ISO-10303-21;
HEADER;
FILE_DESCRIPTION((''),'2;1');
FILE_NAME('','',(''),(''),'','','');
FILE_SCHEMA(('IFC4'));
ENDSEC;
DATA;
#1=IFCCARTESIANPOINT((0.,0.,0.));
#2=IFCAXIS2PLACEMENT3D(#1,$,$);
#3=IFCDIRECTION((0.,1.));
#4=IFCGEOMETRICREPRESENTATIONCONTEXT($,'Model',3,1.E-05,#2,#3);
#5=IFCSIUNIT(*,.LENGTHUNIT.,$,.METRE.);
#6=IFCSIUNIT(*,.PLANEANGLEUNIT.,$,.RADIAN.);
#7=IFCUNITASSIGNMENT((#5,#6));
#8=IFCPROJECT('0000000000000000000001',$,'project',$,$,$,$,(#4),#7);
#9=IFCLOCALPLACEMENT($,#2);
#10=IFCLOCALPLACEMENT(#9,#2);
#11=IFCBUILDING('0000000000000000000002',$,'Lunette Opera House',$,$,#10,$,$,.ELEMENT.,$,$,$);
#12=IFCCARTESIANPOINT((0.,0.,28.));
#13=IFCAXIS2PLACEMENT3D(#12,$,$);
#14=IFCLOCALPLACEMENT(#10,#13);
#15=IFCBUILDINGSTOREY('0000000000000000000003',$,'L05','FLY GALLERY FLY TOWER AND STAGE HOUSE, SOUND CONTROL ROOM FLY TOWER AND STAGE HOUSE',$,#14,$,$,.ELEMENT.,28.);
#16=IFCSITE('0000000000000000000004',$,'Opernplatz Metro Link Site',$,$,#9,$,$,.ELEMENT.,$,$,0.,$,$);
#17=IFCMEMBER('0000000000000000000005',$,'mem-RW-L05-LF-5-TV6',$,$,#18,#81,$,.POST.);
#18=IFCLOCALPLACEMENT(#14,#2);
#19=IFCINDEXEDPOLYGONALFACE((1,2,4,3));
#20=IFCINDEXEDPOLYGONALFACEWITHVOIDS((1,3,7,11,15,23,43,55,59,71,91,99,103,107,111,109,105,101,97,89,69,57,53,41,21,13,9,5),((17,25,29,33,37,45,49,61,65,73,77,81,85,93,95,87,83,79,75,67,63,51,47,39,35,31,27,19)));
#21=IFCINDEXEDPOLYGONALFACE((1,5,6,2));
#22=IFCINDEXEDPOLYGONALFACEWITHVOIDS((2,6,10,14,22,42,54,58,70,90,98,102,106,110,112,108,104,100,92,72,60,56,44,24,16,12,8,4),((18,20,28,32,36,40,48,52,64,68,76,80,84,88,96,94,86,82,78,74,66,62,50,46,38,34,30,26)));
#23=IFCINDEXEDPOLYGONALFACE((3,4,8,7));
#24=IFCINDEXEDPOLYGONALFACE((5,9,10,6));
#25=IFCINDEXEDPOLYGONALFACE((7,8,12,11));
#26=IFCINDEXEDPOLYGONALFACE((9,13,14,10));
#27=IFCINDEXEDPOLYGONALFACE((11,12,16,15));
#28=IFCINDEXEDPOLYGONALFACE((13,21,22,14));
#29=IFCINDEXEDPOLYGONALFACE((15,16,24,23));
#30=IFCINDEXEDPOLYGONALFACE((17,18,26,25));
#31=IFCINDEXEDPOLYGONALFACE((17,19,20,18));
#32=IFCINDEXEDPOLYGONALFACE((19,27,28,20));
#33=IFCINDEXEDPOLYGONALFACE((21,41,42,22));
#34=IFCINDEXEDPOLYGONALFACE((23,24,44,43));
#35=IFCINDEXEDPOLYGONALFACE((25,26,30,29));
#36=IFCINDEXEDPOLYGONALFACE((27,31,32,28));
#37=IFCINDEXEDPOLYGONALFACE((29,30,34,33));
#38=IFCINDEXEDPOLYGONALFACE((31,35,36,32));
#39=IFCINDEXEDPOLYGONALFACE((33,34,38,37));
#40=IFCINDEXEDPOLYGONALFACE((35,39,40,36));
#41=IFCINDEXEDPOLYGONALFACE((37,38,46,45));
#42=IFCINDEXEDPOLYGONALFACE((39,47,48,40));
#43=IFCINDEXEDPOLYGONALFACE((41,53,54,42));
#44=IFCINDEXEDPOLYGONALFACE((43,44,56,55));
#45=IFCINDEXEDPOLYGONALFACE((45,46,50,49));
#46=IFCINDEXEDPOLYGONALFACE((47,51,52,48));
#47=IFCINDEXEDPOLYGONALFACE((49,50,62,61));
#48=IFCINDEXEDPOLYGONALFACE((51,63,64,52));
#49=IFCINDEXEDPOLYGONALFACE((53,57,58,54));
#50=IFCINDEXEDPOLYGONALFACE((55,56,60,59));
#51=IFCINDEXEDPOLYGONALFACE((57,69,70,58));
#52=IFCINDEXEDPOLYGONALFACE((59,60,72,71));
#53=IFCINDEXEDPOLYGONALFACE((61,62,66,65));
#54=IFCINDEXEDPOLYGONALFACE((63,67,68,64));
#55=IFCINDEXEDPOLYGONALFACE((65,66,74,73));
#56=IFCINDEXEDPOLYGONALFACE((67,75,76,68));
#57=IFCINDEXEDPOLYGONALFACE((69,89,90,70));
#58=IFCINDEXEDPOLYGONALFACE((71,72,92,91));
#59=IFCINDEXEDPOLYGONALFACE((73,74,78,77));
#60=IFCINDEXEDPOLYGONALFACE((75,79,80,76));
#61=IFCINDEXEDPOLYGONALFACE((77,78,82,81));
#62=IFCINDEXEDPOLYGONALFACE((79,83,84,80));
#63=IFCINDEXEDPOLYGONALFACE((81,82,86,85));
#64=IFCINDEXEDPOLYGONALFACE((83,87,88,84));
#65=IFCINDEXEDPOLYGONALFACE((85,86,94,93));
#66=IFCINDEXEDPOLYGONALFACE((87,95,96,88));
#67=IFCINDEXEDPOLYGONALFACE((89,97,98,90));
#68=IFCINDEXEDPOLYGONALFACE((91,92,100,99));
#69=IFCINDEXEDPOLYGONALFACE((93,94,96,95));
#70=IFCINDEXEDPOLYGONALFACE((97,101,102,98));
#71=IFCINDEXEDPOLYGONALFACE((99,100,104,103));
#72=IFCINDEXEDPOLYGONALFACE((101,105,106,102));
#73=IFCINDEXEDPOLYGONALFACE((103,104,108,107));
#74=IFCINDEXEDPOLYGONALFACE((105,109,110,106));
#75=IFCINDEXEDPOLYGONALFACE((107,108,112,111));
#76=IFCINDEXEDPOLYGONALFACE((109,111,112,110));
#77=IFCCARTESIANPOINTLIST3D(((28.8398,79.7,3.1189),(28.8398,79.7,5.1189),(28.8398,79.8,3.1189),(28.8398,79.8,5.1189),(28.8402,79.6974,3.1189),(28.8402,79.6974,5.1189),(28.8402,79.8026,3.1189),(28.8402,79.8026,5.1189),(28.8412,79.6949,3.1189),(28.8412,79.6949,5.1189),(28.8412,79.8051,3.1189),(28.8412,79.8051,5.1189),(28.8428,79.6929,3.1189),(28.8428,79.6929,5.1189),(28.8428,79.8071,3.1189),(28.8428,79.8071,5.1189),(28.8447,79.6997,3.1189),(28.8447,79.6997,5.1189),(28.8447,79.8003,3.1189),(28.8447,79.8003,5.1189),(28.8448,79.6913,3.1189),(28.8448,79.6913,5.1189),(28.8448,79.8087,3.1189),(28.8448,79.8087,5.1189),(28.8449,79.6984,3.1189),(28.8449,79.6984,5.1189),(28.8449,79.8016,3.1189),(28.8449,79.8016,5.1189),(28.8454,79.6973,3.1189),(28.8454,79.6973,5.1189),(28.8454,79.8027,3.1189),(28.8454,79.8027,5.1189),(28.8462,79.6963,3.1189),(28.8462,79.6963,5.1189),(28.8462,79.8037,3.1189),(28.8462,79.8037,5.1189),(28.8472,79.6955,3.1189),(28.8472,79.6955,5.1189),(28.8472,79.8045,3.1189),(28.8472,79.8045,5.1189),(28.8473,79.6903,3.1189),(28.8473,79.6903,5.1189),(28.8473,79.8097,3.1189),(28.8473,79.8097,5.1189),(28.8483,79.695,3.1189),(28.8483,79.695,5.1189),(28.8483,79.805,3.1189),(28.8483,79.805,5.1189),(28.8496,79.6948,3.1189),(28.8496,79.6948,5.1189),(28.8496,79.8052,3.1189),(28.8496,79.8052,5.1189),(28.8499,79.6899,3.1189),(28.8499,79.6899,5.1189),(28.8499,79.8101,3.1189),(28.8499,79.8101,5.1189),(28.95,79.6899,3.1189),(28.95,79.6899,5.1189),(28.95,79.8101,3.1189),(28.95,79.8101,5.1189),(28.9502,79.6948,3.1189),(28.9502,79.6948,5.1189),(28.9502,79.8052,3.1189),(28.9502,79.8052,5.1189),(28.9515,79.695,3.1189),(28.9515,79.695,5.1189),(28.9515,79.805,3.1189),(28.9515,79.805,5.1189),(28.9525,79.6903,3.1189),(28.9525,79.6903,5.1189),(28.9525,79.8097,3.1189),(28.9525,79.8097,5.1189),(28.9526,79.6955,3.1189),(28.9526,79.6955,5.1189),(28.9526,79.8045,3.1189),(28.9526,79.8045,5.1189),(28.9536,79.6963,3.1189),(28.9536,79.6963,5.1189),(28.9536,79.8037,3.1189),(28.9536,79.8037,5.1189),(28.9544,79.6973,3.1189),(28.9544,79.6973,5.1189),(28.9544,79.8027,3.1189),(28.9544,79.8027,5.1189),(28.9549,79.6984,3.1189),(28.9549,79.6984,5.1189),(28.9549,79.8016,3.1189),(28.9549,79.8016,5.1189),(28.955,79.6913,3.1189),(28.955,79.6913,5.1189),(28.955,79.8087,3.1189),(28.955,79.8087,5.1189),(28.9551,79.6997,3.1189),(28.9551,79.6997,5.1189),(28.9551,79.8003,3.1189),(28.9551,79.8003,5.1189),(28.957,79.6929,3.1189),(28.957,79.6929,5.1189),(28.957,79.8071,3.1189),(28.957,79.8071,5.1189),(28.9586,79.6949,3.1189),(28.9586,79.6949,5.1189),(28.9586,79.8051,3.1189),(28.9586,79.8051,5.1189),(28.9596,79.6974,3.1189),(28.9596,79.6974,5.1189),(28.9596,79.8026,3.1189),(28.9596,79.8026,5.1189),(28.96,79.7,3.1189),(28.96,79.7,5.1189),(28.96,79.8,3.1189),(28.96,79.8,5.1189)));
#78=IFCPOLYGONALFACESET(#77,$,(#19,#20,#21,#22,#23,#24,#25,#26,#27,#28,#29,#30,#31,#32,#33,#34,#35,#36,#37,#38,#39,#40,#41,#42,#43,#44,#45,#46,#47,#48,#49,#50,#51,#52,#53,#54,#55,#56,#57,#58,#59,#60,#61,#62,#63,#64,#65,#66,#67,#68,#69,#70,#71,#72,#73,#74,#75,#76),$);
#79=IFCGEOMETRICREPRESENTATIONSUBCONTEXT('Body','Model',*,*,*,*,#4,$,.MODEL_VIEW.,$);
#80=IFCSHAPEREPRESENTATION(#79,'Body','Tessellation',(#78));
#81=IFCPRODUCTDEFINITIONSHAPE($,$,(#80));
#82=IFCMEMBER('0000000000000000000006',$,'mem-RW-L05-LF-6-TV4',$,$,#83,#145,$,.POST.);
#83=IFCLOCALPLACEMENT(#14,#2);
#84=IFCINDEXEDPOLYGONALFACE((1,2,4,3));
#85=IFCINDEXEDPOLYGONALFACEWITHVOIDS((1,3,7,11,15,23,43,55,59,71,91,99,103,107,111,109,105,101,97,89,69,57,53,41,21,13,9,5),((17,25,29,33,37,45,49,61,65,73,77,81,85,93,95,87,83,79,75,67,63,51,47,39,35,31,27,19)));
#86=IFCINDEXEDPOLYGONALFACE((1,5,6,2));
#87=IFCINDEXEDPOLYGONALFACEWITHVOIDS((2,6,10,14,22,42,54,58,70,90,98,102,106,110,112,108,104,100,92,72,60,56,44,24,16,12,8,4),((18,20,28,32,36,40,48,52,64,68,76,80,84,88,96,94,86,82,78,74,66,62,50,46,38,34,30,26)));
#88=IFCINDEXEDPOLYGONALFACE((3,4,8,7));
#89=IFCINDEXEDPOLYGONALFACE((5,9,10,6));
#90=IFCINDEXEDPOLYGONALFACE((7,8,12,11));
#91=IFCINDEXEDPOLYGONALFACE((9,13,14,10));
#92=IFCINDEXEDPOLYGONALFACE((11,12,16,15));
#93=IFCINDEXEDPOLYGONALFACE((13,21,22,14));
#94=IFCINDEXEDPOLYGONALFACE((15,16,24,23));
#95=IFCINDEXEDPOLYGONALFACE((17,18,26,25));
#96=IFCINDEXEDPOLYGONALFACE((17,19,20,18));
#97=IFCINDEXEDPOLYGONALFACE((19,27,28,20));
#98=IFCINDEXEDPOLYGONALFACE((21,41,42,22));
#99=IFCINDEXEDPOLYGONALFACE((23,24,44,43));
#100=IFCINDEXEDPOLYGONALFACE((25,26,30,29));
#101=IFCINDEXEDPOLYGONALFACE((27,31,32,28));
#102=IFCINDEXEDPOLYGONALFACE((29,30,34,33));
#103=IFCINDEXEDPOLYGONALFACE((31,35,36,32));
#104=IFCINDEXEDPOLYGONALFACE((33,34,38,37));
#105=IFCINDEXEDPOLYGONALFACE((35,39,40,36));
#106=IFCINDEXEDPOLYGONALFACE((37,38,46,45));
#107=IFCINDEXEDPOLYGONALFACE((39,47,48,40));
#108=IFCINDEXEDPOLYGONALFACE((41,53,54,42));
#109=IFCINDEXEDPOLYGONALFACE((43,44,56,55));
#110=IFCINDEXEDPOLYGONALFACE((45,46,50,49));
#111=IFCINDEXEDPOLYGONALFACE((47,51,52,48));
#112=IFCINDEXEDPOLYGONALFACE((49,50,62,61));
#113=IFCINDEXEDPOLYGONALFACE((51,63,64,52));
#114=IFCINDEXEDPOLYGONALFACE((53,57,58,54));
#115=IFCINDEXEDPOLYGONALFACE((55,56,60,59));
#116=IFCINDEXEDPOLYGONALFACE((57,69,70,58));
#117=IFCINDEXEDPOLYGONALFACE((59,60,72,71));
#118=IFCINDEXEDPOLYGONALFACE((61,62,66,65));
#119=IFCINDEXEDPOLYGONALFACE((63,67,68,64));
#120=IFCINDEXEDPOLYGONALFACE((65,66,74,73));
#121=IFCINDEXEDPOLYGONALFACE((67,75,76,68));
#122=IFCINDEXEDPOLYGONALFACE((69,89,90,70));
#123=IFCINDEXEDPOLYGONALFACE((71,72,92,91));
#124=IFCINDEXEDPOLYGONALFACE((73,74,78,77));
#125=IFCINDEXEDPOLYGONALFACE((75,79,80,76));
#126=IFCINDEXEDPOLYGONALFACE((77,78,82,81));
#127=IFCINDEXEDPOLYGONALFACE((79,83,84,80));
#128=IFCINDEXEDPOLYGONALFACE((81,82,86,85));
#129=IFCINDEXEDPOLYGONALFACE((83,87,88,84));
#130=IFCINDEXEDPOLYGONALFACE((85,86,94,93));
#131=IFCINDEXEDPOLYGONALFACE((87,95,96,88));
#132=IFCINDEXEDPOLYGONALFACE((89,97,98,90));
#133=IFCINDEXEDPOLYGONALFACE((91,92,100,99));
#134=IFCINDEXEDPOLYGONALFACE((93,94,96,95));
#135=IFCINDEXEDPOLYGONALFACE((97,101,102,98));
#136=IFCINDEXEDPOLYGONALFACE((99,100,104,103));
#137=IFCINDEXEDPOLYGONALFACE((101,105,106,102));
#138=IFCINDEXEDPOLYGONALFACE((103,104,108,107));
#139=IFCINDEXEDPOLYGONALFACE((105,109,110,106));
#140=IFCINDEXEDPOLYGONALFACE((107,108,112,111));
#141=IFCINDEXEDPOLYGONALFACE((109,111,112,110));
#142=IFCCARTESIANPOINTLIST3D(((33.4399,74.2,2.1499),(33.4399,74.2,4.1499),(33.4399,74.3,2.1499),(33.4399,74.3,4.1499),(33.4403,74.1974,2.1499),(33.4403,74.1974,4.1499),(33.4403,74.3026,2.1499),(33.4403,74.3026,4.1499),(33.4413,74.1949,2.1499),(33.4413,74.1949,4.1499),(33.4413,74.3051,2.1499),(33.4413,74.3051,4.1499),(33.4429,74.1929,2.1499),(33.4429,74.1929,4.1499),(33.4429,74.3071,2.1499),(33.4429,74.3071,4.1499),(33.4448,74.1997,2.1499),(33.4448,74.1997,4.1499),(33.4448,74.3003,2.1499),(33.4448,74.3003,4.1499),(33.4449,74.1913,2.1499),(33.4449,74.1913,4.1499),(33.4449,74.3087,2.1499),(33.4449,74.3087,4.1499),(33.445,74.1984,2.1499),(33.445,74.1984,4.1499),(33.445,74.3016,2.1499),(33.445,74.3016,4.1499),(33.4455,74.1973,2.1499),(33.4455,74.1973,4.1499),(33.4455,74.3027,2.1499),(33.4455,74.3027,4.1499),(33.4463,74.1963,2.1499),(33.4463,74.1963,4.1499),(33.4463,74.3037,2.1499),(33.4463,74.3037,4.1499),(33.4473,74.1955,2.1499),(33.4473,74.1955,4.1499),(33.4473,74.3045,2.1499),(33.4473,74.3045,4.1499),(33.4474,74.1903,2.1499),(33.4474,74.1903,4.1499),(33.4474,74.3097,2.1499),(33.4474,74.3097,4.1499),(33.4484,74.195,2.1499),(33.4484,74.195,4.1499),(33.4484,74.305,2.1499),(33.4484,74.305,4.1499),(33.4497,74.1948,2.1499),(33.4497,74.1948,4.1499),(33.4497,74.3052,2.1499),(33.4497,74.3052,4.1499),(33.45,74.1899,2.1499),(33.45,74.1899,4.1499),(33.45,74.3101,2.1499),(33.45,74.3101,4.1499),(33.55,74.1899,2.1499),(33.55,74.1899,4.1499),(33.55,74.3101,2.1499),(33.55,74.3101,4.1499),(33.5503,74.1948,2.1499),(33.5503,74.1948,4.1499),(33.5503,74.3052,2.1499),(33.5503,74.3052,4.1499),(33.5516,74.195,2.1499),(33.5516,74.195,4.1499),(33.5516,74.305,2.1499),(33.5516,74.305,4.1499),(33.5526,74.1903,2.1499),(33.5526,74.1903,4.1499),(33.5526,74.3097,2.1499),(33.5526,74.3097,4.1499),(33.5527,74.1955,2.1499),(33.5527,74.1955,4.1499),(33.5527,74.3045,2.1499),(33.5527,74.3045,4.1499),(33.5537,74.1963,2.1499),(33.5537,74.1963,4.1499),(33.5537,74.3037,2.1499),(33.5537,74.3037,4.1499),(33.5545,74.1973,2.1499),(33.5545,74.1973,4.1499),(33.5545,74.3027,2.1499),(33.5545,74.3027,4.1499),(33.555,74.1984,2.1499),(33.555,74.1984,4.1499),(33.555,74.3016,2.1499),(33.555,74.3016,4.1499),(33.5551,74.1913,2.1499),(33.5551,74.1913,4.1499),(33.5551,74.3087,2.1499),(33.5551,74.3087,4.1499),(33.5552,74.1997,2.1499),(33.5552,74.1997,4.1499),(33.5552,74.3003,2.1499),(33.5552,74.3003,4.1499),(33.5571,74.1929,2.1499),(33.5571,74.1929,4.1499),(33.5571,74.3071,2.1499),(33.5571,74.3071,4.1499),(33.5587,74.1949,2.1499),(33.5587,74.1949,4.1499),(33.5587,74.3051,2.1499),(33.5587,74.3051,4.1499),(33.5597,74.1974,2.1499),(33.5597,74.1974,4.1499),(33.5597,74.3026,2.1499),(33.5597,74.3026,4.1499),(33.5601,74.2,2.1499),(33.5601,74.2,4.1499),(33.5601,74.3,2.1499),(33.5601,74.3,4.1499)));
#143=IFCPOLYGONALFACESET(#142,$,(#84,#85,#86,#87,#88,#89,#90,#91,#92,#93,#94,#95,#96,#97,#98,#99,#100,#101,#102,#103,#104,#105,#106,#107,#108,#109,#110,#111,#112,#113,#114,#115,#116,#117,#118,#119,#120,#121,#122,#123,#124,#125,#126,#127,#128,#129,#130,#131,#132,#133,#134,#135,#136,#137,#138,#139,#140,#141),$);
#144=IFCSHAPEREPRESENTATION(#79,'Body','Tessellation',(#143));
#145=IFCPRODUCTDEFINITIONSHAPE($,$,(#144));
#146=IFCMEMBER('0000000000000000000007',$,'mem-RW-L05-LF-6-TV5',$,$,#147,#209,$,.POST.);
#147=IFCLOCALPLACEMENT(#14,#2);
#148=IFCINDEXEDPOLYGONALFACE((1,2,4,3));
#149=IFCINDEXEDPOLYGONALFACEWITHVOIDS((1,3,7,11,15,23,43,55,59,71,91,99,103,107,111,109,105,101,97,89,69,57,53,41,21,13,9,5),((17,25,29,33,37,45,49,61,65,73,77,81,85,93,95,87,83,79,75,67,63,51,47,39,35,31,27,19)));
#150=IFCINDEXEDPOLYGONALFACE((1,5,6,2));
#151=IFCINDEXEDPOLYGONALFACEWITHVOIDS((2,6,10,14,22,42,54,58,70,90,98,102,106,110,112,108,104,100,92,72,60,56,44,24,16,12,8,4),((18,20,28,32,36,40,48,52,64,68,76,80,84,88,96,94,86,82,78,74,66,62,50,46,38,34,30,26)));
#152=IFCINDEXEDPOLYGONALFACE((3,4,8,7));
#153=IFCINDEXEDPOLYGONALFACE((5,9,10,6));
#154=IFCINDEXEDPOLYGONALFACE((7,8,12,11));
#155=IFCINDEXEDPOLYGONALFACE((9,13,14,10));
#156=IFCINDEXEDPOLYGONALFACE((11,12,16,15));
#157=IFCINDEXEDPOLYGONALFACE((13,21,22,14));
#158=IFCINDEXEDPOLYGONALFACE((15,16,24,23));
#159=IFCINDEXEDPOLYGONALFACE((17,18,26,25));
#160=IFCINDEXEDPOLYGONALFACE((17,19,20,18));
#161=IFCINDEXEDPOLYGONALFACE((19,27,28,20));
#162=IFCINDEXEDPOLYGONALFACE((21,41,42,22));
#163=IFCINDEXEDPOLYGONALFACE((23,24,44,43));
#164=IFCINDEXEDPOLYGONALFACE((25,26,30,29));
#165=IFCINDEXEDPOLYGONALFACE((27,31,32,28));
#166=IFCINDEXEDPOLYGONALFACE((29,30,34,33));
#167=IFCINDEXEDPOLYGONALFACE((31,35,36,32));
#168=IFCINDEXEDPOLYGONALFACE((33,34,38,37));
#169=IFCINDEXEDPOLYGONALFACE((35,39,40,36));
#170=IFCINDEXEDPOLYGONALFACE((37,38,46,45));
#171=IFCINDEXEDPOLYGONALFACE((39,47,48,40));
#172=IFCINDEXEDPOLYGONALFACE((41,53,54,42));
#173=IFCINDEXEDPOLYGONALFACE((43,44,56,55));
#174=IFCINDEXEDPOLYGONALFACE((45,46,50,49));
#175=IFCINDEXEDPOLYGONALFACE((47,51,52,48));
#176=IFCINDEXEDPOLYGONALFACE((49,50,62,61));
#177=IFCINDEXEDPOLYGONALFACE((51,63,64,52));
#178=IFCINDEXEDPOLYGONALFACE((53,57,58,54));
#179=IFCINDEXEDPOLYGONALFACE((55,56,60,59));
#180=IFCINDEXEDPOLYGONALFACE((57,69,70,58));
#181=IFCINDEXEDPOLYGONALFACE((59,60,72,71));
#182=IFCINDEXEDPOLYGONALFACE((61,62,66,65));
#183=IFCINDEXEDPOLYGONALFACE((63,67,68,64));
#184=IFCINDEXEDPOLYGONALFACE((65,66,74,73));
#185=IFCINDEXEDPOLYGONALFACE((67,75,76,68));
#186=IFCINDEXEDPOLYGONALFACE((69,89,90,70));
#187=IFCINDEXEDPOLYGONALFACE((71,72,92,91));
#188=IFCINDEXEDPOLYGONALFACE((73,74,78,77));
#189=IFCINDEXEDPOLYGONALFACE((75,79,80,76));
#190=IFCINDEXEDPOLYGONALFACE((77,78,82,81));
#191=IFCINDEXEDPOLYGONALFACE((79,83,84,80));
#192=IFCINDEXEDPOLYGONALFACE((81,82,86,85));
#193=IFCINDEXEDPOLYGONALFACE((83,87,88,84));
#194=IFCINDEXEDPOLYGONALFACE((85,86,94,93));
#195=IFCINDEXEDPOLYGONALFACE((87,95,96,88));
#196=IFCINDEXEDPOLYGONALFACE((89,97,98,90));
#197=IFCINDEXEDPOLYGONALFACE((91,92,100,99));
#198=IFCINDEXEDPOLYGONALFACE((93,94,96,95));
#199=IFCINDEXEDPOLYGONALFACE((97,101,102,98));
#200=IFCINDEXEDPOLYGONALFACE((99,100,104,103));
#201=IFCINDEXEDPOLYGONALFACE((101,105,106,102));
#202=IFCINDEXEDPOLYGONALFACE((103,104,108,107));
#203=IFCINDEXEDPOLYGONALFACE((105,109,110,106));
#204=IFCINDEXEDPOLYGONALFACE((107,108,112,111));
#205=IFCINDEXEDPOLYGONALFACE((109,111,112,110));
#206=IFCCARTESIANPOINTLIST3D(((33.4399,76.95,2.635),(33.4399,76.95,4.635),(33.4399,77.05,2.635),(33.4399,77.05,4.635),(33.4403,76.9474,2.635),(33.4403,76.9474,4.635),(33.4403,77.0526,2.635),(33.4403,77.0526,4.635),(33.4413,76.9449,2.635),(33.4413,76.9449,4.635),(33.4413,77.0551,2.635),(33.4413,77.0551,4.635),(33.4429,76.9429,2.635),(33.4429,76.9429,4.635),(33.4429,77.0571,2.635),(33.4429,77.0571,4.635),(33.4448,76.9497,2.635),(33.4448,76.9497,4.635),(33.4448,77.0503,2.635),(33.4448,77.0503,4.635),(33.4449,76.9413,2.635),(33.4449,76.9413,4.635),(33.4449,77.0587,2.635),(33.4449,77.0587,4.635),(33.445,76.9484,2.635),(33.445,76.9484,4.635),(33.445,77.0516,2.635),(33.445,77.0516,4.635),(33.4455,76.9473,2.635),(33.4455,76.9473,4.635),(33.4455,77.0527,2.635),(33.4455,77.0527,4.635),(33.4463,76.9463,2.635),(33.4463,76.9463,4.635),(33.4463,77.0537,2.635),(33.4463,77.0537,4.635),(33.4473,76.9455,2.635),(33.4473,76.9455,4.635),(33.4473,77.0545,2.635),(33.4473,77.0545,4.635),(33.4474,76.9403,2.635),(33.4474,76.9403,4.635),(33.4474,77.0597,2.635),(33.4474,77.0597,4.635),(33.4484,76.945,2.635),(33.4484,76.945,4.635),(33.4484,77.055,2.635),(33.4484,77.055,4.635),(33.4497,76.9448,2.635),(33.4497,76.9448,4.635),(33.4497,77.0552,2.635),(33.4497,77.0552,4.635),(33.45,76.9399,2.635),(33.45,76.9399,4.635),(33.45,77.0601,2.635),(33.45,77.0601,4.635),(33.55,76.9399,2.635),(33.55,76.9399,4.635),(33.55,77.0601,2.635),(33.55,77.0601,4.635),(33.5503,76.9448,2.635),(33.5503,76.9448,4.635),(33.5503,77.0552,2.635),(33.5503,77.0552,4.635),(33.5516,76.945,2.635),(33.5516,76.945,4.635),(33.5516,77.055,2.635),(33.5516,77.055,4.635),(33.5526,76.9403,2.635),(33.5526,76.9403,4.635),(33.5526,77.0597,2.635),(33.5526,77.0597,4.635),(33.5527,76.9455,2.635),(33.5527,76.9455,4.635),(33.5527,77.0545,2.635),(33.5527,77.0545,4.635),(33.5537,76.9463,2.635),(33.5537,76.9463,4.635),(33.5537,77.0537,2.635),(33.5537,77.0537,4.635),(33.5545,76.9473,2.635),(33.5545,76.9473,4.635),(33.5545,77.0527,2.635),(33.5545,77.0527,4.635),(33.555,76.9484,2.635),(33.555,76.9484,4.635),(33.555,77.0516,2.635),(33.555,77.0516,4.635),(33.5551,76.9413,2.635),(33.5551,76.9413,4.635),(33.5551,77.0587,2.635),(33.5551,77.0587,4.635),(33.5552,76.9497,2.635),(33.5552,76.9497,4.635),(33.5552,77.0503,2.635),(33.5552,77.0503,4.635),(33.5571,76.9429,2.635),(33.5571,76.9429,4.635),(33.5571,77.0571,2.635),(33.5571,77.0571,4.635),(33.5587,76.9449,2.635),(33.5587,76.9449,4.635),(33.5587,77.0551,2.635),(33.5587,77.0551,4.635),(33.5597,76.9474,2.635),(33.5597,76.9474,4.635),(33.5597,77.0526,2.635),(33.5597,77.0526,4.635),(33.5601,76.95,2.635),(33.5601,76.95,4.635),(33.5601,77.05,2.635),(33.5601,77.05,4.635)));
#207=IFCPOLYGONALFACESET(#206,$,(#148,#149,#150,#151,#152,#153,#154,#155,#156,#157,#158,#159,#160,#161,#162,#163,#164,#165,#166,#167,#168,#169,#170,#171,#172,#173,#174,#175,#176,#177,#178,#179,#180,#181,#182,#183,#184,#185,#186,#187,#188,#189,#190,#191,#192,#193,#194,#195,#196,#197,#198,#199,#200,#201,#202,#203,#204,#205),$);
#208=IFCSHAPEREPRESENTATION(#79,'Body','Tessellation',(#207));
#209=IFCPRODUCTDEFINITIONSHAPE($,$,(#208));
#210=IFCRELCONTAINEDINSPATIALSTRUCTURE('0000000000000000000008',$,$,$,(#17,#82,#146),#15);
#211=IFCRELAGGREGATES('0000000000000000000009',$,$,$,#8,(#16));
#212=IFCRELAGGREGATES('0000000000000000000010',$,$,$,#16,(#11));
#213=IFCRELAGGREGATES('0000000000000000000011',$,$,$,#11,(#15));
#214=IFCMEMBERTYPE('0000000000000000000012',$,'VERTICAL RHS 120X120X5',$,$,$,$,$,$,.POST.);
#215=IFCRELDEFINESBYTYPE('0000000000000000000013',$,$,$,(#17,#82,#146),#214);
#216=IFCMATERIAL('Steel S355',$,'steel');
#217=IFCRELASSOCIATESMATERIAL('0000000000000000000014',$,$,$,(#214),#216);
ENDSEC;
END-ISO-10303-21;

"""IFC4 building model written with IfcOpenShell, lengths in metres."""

from ifc_helpers import new_model, si_unit, direction, frame, origin, origin_2d, place, context, subcontext, project, spatial, hollow_rectangle, extrude, material, material_profile, profile_set, type_object, element, save


model = new_model("IFC4")

# Units and contexts
model_context = context("Model", 3, precision=1e-05, world=origin(), true_north=direction((0.0, 1.0)))
body_context = subcontext(model_context, "Body", "Model", "MODEL_VIEW")
ifc_project = project(units=[si_unit("LENGTHUNIT", "METRE"), si_unit("PLANEANGLEUNIT", "RADIAN")], contexts=[model_context])

# Site, building, storey
site_placement = place(None, origin())
site = spatial("IfcSite", under=ifc_project, at=site_placement, Name="Opernplatz Metro Link Site", CompositionType="ELEMENT", RefElevation=0.0)
building_placement = place(site_placement, origin())
building = spatial("IfcBuilding", under=site, at=building_placement, Name="Lunette Opera House", CompositionType="ELEMENT")
storey_placement = place(building_placement, frame((0.0, 0.0, 28.0)))
storey = spatial("IfcBuildingStorey", under=building, at=storey_placement, Name="L05", Description="FLY GALLERY FLY TOWER AND STAGE HOUSE, SOUND CONTROL ROOM FLY TOWER AND STAGE HOUSE", CompositionType="ELEMENT", Elevation=28.0)

# Members
ifc_material_1 = material(Name="Steel S355", Category="steel")
ifc_material_profile_1 = material_profile(ifc_material_1, hollow_rectangle(XDim=0.1201, YDim=0.1201, WallThickness=0.0049, InnerFilletRadius=0.0049, OuterFilletRadius=0.01, at=origin_2d()), Name="RHS 120X120X5")
ifc_profile_set_1 = profile_set([ifc_material_profile_1], Name="Steel S355")
member_type_1 = type_object("IfcMemberType", Name="VERTICAL RHS 120X120X5", PredefinedType="POST", material=ifc_profile_set_1)
for number, where, z_axis, x_axis, name in (
    (1, (28.8999, 79.75, 3.1189), (0.0, 0.0, 1.0), (1.0, 0.0, 0.0), "mem-RW-L05-LF-5-TV6"),
    (2, (33.5, 74.25, 2.1499), (0.0, 0.0, 1.0), (1.0, 0.0, 0.0), "mem-RW-L05-LF-6-TV4"),
    (3, (33.5, 77.0, 2.635), (0.0, 0.0, 1.0), (1.0, 0.0, 0.0), "mem-RW-L05-LF-6-TV5"),
):
    element("IfcMember", number, at=place(storey_placement, frame(where, z_axis=z_axis, x_axis=x_axis)), inside=storey, type_object=member_type_1, Name=name, PredefinedType="POST", context=body_context, shape_type="SweptSolid", body=[
        extrude(hollow_rectangle(XDim=0.1201, YDim=0.1201, WallThickness=0.0049, InnerFilletRadius=0.0049, OuterFilletRadius=0.01, at=origin_2d()), origin(), (0.0, 0.0, 1.0), 2.0),
    ])

save(model, "model.ifc")
